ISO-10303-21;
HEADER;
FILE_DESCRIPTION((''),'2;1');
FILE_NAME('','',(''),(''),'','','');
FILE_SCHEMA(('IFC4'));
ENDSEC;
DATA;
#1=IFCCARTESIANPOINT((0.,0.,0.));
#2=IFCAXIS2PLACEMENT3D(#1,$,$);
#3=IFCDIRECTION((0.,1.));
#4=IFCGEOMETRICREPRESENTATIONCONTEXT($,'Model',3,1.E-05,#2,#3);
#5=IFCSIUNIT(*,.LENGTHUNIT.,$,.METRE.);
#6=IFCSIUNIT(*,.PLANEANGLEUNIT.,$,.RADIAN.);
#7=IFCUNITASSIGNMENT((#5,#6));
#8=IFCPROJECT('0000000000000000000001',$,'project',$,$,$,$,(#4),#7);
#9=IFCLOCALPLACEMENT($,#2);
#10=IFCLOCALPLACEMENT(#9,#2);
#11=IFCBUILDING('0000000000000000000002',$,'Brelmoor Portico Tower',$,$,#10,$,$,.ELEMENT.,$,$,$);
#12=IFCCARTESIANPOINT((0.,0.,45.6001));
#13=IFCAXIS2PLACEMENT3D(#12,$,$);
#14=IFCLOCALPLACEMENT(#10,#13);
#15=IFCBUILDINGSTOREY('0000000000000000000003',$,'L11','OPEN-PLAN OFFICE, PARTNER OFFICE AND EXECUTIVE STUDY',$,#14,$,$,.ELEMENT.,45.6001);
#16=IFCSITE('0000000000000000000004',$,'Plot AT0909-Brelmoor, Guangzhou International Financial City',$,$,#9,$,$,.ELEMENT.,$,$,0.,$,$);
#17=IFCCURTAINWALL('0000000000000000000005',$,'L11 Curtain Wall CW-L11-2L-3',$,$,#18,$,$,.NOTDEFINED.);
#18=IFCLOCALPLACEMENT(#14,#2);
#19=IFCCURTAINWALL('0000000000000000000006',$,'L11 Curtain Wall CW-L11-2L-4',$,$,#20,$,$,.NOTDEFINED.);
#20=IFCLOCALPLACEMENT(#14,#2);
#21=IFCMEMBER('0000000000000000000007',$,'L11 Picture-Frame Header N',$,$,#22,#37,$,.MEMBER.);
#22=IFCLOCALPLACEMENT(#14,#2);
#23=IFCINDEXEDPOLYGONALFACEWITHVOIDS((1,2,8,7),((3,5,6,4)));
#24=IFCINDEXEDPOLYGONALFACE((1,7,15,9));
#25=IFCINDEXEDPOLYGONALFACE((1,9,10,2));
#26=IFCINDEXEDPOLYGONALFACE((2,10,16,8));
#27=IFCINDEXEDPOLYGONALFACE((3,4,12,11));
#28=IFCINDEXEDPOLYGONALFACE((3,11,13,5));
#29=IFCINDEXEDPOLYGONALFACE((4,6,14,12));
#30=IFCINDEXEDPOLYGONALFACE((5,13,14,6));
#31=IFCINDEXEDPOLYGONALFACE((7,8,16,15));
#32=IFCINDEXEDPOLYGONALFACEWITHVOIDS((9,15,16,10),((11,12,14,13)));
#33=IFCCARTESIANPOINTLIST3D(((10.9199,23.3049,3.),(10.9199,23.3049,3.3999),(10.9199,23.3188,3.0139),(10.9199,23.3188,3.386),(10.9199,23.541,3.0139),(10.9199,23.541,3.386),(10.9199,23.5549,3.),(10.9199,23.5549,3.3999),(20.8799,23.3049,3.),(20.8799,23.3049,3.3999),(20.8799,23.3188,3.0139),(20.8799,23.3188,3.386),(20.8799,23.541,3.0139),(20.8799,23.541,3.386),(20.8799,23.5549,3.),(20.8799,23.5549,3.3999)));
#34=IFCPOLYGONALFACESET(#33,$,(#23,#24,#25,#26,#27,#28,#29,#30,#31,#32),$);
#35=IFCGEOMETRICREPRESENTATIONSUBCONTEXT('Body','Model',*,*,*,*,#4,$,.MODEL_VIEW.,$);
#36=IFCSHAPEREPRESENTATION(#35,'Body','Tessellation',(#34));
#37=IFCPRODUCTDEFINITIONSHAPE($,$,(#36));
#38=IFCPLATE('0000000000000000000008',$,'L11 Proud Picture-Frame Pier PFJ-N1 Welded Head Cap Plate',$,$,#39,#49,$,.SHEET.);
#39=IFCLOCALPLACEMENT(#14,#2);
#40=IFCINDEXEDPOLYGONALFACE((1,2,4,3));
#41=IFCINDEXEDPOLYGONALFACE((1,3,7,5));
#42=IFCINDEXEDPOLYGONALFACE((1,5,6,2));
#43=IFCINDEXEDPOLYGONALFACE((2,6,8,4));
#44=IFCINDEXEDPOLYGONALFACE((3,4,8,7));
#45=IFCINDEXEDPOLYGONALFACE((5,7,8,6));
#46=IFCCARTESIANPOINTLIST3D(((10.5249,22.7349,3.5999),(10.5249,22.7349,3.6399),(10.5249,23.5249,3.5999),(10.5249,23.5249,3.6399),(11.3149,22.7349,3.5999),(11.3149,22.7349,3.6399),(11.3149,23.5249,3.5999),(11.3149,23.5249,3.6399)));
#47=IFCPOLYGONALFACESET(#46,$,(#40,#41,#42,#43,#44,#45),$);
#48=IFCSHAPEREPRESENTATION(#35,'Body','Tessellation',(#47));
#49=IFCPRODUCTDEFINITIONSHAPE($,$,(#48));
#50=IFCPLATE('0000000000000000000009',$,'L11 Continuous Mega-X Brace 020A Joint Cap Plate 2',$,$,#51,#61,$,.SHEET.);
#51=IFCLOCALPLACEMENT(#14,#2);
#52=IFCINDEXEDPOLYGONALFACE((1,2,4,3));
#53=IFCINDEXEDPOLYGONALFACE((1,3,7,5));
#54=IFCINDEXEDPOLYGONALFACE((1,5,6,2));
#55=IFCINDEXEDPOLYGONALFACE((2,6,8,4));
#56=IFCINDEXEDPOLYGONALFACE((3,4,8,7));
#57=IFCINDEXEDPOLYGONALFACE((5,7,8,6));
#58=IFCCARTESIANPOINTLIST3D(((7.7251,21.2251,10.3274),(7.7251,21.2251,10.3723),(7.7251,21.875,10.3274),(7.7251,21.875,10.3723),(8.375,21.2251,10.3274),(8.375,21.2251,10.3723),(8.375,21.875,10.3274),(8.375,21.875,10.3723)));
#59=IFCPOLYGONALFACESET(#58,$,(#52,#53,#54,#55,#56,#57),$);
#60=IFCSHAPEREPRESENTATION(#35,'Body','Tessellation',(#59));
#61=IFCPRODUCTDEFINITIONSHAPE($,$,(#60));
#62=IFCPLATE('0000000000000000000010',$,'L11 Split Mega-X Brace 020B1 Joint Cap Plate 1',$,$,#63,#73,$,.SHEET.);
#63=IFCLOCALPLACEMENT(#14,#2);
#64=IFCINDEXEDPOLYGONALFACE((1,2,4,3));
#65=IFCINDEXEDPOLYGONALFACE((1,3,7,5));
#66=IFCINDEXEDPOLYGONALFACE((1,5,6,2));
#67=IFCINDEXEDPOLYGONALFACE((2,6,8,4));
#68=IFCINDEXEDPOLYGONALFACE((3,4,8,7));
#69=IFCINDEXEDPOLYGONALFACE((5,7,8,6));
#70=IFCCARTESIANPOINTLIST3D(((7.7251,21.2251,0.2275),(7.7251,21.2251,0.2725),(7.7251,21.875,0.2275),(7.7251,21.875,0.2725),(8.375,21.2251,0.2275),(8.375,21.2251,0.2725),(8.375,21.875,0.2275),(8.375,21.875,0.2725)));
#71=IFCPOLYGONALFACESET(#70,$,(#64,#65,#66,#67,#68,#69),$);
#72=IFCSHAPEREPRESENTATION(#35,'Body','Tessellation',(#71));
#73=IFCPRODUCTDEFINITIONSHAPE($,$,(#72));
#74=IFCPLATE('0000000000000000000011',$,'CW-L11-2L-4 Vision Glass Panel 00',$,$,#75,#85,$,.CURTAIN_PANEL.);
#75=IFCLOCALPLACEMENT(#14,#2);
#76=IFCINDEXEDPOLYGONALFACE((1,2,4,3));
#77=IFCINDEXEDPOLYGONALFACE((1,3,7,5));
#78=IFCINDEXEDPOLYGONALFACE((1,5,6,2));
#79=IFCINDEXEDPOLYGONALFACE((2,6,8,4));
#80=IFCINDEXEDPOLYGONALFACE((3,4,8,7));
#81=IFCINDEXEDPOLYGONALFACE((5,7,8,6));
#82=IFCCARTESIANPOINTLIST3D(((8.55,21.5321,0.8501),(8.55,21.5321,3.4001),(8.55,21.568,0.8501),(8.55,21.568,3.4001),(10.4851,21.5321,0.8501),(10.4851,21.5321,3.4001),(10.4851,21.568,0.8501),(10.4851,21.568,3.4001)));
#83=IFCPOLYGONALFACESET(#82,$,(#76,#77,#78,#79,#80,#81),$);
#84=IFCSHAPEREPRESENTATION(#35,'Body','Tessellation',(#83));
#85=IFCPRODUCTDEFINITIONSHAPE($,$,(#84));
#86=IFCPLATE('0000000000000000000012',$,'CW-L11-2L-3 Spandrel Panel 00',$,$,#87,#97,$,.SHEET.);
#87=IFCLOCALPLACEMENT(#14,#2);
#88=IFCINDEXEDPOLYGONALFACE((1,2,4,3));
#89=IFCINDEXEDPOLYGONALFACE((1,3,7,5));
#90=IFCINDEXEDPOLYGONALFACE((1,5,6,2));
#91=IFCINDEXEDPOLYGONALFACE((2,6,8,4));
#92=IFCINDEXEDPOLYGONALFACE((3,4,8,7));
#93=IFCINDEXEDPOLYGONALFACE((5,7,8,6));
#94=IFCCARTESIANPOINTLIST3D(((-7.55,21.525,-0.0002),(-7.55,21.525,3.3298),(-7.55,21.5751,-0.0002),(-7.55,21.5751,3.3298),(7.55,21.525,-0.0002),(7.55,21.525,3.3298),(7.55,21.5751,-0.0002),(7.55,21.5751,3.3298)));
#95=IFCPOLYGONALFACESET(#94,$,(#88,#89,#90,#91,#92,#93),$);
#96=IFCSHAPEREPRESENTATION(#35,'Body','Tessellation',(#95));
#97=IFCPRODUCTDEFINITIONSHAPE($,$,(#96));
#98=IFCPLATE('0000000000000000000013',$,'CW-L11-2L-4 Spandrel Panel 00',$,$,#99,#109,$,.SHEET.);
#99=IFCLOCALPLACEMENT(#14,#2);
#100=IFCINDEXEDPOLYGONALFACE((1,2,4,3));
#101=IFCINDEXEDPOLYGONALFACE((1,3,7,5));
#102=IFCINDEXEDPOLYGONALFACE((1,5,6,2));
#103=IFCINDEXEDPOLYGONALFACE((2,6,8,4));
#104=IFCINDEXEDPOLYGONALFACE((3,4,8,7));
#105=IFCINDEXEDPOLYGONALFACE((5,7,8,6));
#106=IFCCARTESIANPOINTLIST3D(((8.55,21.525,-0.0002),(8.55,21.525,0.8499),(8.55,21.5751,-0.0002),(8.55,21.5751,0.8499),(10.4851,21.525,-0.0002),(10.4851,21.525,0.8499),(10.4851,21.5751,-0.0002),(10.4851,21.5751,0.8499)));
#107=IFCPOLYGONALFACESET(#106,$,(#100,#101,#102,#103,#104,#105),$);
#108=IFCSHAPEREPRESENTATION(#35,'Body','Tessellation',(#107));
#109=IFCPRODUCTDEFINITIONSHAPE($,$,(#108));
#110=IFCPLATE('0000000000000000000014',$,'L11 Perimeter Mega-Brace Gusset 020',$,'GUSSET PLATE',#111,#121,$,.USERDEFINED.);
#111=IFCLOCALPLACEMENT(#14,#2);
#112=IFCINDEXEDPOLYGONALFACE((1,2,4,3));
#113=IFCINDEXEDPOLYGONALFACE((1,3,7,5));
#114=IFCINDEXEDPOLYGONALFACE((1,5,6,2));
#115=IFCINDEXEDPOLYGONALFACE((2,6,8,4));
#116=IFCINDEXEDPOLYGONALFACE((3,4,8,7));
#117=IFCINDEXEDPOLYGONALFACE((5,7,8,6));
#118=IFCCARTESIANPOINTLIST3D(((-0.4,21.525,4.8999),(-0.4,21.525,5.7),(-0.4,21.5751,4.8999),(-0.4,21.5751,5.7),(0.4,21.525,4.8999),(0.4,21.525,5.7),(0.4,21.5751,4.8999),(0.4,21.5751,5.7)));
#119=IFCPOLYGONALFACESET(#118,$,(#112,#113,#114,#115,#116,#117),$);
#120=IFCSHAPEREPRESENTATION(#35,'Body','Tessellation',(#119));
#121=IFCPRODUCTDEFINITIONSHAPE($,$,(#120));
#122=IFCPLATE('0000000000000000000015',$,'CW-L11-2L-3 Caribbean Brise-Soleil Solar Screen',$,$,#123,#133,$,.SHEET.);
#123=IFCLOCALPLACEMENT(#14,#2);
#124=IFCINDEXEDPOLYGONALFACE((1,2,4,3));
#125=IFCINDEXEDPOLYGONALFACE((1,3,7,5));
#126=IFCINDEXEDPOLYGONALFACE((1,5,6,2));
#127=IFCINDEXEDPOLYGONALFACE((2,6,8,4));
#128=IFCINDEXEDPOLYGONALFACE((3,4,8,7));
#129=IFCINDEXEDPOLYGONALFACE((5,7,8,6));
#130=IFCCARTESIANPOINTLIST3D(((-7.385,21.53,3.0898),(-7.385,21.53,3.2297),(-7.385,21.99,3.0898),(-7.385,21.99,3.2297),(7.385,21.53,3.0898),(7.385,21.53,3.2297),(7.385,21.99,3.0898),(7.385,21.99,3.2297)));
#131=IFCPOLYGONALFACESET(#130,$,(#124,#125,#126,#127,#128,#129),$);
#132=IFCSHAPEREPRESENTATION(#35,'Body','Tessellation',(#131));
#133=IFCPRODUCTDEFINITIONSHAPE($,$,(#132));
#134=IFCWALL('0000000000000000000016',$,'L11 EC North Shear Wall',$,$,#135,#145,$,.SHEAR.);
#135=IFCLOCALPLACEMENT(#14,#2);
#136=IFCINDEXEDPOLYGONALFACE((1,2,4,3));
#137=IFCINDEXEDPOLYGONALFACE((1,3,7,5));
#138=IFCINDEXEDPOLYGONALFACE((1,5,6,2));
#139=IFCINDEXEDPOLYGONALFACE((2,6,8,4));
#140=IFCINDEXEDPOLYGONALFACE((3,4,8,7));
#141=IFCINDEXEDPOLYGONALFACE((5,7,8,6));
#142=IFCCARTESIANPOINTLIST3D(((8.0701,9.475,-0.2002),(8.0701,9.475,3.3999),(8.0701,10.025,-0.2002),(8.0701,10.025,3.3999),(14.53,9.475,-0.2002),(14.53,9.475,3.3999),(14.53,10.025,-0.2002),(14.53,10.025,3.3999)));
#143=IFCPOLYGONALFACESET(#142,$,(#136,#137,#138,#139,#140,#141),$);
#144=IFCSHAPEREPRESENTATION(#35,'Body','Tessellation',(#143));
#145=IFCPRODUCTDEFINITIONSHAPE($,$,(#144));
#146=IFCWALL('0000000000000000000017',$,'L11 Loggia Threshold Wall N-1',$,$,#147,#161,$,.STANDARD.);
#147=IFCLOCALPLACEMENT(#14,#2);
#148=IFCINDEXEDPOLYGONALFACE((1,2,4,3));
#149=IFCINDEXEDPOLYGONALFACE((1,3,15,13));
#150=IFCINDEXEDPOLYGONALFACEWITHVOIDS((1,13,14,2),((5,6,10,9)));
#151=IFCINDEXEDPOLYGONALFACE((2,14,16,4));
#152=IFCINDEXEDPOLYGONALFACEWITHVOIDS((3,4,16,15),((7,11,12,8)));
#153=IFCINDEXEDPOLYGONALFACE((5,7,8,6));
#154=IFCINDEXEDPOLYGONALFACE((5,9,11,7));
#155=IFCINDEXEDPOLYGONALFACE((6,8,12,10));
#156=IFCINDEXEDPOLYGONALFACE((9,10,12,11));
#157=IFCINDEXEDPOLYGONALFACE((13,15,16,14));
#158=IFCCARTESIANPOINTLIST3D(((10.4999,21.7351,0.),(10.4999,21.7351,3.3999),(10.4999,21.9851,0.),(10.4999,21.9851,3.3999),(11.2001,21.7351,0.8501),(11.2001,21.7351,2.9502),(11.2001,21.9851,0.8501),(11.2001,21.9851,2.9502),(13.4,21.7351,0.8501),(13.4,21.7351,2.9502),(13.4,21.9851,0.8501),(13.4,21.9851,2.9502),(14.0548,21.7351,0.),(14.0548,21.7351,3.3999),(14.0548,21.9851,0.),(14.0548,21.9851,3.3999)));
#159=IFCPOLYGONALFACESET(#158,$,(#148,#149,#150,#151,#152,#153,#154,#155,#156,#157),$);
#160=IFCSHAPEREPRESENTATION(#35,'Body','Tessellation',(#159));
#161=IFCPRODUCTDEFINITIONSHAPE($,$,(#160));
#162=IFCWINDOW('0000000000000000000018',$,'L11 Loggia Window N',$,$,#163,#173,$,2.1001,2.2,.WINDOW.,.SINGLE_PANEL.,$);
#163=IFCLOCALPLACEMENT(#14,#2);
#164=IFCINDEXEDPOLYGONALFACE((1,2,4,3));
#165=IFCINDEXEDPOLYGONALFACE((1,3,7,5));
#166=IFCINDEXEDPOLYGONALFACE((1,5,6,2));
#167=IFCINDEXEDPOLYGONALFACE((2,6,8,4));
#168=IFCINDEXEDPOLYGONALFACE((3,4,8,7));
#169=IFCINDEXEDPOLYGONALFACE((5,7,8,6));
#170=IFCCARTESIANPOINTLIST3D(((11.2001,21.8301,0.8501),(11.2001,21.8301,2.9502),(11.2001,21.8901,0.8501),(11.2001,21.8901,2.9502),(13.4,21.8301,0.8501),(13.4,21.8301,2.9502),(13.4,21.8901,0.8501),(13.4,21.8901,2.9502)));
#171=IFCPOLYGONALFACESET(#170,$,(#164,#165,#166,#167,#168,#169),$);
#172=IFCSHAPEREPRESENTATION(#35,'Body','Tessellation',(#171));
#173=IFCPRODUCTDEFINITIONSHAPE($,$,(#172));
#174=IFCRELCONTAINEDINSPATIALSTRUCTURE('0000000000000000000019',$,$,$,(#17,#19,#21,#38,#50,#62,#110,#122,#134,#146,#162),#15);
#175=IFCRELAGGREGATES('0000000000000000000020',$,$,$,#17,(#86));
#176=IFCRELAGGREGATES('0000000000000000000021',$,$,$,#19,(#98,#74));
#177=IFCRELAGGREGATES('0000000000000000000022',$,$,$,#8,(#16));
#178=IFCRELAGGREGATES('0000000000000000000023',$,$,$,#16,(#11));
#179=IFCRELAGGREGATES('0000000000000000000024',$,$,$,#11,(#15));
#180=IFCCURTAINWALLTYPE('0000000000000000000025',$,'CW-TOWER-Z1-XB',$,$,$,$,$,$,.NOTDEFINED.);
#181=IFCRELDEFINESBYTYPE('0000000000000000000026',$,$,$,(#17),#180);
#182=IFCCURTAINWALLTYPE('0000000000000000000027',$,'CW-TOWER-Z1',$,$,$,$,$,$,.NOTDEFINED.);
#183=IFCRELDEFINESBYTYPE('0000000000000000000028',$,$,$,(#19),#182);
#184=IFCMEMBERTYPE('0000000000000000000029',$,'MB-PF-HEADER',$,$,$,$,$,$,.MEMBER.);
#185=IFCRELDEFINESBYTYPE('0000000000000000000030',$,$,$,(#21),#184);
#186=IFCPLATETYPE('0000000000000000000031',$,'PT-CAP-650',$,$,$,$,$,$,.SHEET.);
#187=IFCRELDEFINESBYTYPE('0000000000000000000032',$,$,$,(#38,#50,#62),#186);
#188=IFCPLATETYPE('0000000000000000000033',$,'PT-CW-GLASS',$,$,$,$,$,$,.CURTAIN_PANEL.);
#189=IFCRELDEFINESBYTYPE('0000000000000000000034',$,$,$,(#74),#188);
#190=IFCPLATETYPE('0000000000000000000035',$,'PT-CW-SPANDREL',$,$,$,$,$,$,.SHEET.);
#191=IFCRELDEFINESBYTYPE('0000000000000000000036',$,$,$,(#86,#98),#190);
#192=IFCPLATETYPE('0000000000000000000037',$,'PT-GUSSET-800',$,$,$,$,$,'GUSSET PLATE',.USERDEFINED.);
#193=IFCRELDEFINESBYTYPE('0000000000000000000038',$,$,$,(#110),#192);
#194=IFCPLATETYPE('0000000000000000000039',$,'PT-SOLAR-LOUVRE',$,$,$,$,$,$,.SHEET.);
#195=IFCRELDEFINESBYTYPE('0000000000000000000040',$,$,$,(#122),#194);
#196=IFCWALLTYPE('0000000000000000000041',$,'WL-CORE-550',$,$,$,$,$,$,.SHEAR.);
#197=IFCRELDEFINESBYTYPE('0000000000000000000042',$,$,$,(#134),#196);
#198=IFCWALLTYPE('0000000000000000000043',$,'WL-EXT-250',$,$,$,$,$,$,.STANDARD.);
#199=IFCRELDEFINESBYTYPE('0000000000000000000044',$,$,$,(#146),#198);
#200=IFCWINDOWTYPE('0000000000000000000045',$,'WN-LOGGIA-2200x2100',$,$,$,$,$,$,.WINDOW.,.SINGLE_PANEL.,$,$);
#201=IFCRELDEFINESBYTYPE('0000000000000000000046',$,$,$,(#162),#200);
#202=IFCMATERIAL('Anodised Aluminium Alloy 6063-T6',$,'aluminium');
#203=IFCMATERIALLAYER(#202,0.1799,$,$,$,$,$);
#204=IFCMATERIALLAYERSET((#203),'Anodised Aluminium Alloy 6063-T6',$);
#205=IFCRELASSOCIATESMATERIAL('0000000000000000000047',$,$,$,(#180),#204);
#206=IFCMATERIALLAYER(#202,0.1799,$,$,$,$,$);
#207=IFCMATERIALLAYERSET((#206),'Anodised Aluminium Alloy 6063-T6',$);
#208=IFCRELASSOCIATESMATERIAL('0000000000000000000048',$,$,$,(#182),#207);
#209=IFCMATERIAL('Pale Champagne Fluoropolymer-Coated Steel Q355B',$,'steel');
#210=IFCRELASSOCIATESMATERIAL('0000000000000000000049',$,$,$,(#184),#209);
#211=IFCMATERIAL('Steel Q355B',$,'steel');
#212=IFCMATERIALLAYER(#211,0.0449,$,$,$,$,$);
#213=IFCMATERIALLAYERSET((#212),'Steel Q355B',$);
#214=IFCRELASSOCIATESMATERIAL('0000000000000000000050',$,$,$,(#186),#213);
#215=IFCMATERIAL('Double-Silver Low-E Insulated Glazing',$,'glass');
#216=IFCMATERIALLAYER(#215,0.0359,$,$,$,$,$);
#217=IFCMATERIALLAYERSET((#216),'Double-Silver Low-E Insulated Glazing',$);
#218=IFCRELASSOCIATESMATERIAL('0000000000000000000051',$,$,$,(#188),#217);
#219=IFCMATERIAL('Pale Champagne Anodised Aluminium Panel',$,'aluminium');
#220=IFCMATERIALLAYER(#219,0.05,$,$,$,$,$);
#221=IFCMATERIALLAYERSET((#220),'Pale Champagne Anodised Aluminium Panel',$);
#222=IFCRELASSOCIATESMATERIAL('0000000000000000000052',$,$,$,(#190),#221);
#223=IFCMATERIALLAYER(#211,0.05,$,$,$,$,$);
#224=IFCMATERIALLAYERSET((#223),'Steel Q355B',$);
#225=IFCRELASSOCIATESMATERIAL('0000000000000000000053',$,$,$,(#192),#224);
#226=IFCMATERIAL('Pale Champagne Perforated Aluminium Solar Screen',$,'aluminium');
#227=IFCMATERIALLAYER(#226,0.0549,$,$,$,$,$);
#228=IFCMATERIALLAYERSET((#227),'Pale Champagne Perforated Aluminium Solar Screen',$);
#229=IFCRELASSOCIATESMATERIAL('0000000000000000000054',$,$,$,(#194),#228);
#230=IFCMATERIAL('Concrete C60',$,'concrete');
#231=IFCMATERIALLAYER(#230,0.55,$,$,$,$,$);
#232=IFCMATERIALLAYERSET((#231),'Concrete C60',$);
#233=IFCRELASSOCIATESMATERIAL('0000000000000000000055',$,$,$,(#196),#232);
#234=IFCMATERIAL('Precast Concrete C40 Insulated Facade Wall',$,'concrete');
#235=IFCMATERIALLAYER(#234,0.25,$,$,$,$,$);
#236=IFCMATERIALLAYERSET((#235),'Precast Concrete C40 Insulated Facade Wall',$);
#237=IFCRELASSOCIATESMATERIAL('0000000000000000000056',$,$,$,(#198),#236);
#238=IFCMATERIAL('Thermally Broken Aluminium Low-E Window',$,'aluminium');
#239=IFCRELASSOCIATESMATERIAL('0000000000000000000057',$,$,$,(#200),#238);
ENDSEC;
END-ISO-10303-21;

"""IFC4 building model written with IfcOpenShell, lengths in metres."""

from ifc_helpers import new_model, si_unit, direction, frame, frame_2d, origin, origin_2d, place, context, subcontext, project, spatial, rectangle, hollow_rectangle, extrude, material, layer, layer_set, material_profile, profile_set, type_object, element, fill, aggregate, save


model = new_model("IFC4")

# Units and contexts
model_context = context("Model", 3, precision=1e-05, world=origin(), true_north=direction((0.0, 1.0)))
body_context = subcontext(model_context, "Body", "Model", "MODEL_VIEW")
ifc_project = project(units=[si_unit("LENGTHUNIT", "METRE"), si_unit("PLANEANGLEUNIT", "RADIAN")], contexts=[model_context])

# Site, building, storey
site_placement = place(None, origin())
site = spatial("IfcSite", under=ifc_project, at=site_placement, Name="Plot AT0909-Brelmoor, Guangzhou International Financial City", CompositionType="ELEMENT", RefElevation=0.0)
building_placement = place(site_placement, origin())
building = spatial("IfcBuilding", under=site, at=building_placement, Name="Brelmoor Portico Tower", CompositionType="ELEMENT")
storey_placement = place(building_placement, frame((0.0, 0.0, 45.6001)))
storey = spatial("IfcBuildingStorey", under=building, at=storey_placement, Name="L11", Description="OPEN-PLAN OFFICE, PARTNER OFFICE AND EXECUTIVE STUDY", CompositionType="ELEMENT", Elevation=45.6001)

# Shared definitions
ifc_material_1 = material(Name="Steel Q355B", Category="steel")

# Curtain wall
ifc_material_2 = material(Name="Anodised Aluminium Alloy 6063-T6", Category="aluminium")
ifc_layer_1 = layer(ifc_material_2, 0.1799)
ifc_layer_set_1 = layer_set([ifc_layer_1], Name="Anodised Aluminium Alloy 6063-T6")
curtain_wall_type_1 = type_object("IfcCurtainWallType", Name="CW-TOWER-Z1-XB", PredefinedType="NOTDEFINED", material=ifc_layer_set_1)
curtain_wall_1_placement = place(storey_placement, origin())
curtain_wall_1 = element("IfcCurtainWall", 1, at=curtain_wall_1_placement, inside=storey, type_object=curtain_wall_type_1, Name="L11 Curtain Wall CW-L11-2L-3", PredefinedType="NOTDEFINED")

# Curtain wall
ifc_layer_2 = layer(ifc_material_2, 0.1799)
ifc_layer_set_2 = layer_set([ifc_layer_2], Name="Anodised Aluminium Alloy 6063-T6")
curtain_wall_type_2 = type_object("IfcCurtainWallType", Name="CW-TOWER-Z1", PredefinedType="NOTDEFINED", material=ifc_layer_set_2)
curtain_wall_2_placement = place(storey_placement, origin())
curtain_wall_2 = element("IfcCurtainWall", 2, at=curtain_wall_2_placement, inside=storey, type_object=curtain_wall_type_2, Name="L11 Curtain Wall CW-L11-2L-4", PredefinedType="NOTDEFINED")

# Member
ifc_material_3 = material(Name="Pale Champagne Fluoropolymer-Coated Steel Q355B", Category="steel")
ifc_material_profile_1 = material_profile(ifc_material_3, hollow_rectangle(XDim=0.25, YDim=0.3999, WallThickness=0.0139, at=origin_2d()), Name="RHS 250x400x14")
ifc_profile_set_1 = profile_set([ifc_material_profile_1], Name="Pale Champagne Fluoropolymer-Coated Steel Q355B")
member_type_1 = type_object("IfcMemberType", Name="MB-PF-HEADER", PredefinedType="MEMBER", material=ifc_profile_set_1)
member_1_placement = place(storey_placement, frame((10.9199, 23.4299, 3.2), z_axis=(1.0, 0.0, 0.0), x_axis=(0.0, 1.0, 0.0)))
element("IfcMember", 3, at=member_1_placement, inside=storey, type_object=member_type_1, Name="L11 Picture-Frame Header N", PredefinedType="MEMBER", context=body_context, shape_type="SweptSolid", body=[
    extrude(hollow_rectangle(XDim=0.25, YDim=0.3999, WallThickness=0.0139, at=origin_2d()), origin(), (0.0, 0.0, 1.0), 9.96),
])

# Plates
ifc_layer_3 = layer(ifc_material_1, 0.0449)
ifc_layer_set_3 = layer_set([ifc_layer_3], Name="Steel Q355B")
plate_type_1 = type_object("IfcPlateType", Name="PT-CAP-650", PredefinedType="SHEET", material=ifc_layer_set_3)
plate_1_placement = place(storey_placement, frame((10.9199, 23.1299, 3.5999), z_axis=(0.0, 0.0, 1.0), x_axis=(1.0, 0.0, 0.0)))
element("IfcPlate", 4, at=plate_1_placement, inside=storey, type_object=plate_type_1, Name="L11 Proud Picture-Frame Pier PFJ-N1 Welded Head Cap Plate", PredefinedType="SHEET", context=body_context, shape_type="SweptSolid", body=[
    extrude(rectangle(XDim=0.79, YDim=0.79, at=origin_2d()), origin(), (0.0, 0.0, 1.0), 0.04),
])
for number, where, z_axis, x_axis, name in (
    (5, (8.05, 21.55, 10.3274), (0.0, 0.0, 1.0), (1.0, 0.0, 0.0), "L11 Continuous Mega-X Brace 020A Joint Cap Plate 2"),
    (6, (8.05, 21.55, 0.2275), (0.0, 0.0, 1.0), (1.0, 0.0, 0.0), "L11 Split Mega-X Brace 020B1 Joint Cap Plate 1"),
):
    element("IfcPlate", number, at=place(storey_placement, frame(where, z_axis=z_axis, x_axis=x_axis)), inside=storey, type_object=plate_type_1, Name=name, PredefinedType="SHEET", context=body_context, shape_type="SweptSolid", body=[
        extrude(rectangle(XDim=0.6499, YDim=0.6499, at=origin_2d()), origin(), (0.0, 0.0, 1.0), 0.0449),
    ])

# Plates
ifc_material_4 = material(Name="Double-Silver Low-E Insulated Glazing", Category="glass")
ifc_layer_4 = layer(ifc_material_4, 0.0359)
ifc_layer_set_4 = layer_set([ifc_layer_4], Name="Double-Silver Low-E Insulated Glazing")
plate_type_2 = type_object("IfcPlateType", Name="PT-CW-GLASS", PredefinedType="CURTAIN_PANEL", material=ifc_layer_set_4)
plate_2_placement = place(storey_placement, frame((9.5176, 21.55, 0.8501), z_axis=(0.0, 0.0, 1.0), x_axis=(1.0, 0.0, 0.0)))
plate_2 = element("IfcPlate", 7, at=plate_2_placement, type_object=plate_type_2, Name="CW-L11-2L-4 Vision Glass Panel 00", PredefinedType="CURTAIN_PANEL", context=body_context, shape_type="SweptSolid", body=[
    extrude(rectangle(XDim=1.9351, YDim=0.0359, at=origin_2d()), origin(), (0.0, 0.0, 1.0), 2.55),
])
ifc_material_5 = material(Name="Pale Champagne Anodised Aluminium Panel", Category="aluminium")
ifc_layer_5 = layer(ifc_material_5, 0.05)
ifc_layer_set_5 = layer_set([ifc_layer_5], Name="Pale Champagne Anodised Aluminium Panel")
plate_type_3 = type_object("IfcPlateType", Name="PT-CW-SPANDREL", PredefinedType="SHEET", material=ifc_layer_set_5)
plate_3_placement = place(storey_placement, frame((0.0, 21.55, -0.0002), z_axis=(0.0, 0.0, 1.0), x_axis=(1.0, 0.0, 0.0)))
plate_3 = element("IfcPlate", 8, at=plate_3_placement, type_object=plate_type_3, Name="CW-L11-2L-3 Spandrel Panel 00", PredefinedType="SHEET", context=body_context, shape_type="SweptSolid", body=[
    extrude(rectangle(XDim=15.1001, YDim=0.05, at=origin_2d()), origin(), (0.0, 0.0, 1.0), 3.3301),
])
aggregate(curtain_wall_1, [plate_3])
plate_4_placement = place(storey_placement, frame((9.5176, 21.55, -0.0002), z_axis=(0.0, 0.0, 1.0), x_axis=(1.0, 0.0, 0.0)))
plate_4 = element("IfcPlate", 9, at=plate_4_placement, type_object=plate_type_3, Name="CW-L11-2L-4 Spandrel Panel 00", PredefinedType="SHEET", context=body_context, shape_type="SweptSolid", body=[
    extrude(rectangle(XDim=1.9351, YDim=0.05, at=origin_2d()), origin(), (0.0, 0.0, 1.0), 0.8501),
])
aggregate(curtain_wall_2, [plate_4, plate_2])

# Plates
ifc_layer_6 = layer(ifc_material_1, 0.05)
ifc_layer_set_6 = layer_set([ifc_layer_6], Name="Steel Q355B")
plate_type_4 = type_object("IfcPlateType", Name="PT-GUSSET-800", ElementType="GUSSET PLATE", PredefinedType="USERDEFINED", material=ifc_layer_set_6)
plate_5_placement = place(storey_placement, frame((0.0, 21.55, 4.8999), z_axis=(0.0, 0.0, 1.0), x_axis=(1.0, 0.0, 0.0)))
element("IfcPlate", 10, at=plate_5_placement, inside=storey, type_object=plate_type_4, Name="L11 Perimeter Mega-Brace Gusset 020", ObjectType="GUSSET PLATE", PredefinedType="USERDEFINED", context=body_context, shape_type="SweptSolid", body=[
    extrude(rectangle(XDim=0.8, YDim=0.05, at=origin_2d()), origin(), (0.0, 0.0, 1.0), 0.8),
])
ifc_material_6 = material(Name="Pale Champagne Perforated Aluminium Solar Screen", Category="aluminium")
ifc_layer_7 = layer(ifc_material_6, 0.0549)
ifc_layer_set_7 = layer_set([ifc_layer_7], Name="Pale Champagne Perforated Aluminium Solar Screen")
plate_type_5 = type_object("IfcPlateType", Name="PT-SOLAR-LOUVRE", PredefinedType="SHEET", material=ifc_layer_set_7)
plate_6_placement = place(storey_placement, frame((0.0, 21.76, 3.0898), z_axis=(0.0, 0.0, 1.0), x_axis=(1.0, 0.0, 0.0)))
element("IfcPlate", 11, at=plate_6_placement, inside=storey, type_object=plate_type_5, Name="CW-L11-2L-3 Caribbean Brise-Soleil Solar Screen", PredefinedType="SHEET", context=body_context, shape_type="SweptSolid", body=[
    extrude(rectangle(XDim=14.77, YDim=0.46, at=origin_2d()), origin(), (0.0, 0.0, 1.0), 0.1399),
])

# Wall
ifc_material_7 = material(Name="Concrete C60", Category="concrete")
ifc_layer_8 = layer(ifc_material_7, 0.55)
ifc_layer_set_8 = layer_set([ifc_layer_8], Name="Concrete C60")
wall_type_1 = type_object("IfcWallType", Name="WL-CORE-550", PredefinedType="SHEAR", material=ifc_layer_set_8)
wall_1_placement = place(storey_placement, frame((8.0701, 9.75, -0.2002), z_axis=(0.0, 0.0, 1.0), x_axis=(1.0, 0.0, 0.0)))
element("IfcWall", 12, at=wall_1_placement, inside=storey, type_object=wall_type_1, Name="L11 EC North Shear Wall", PredefinedType="SHEAR", context=body_context, shape_type="SweptSolid", body=[
    extrude(rectangle(XDim=6.46, YDim=0.55, at=frame_2d((3.23, 0.0))), origin(), (0.0, 0.0, 1.0), 3.6001),
])

# Wall, opening, window
ifc_material_8 = material(Name="Precast Concrete C40 Insulated Facade Wall", Category="concrete")
ifc_layer_9 = layer(ifc_material_8, 0.25)
ifc_layer_set_9 = layer_set([ifc_layer_9], Name="Precast Concrete C40 Insulated Facade Wall")
wall_type_2 = type_object("IfcWallType", Name="WL-EXT-250", PredefinedType="STANDARD", material=ifc_layer_set_9)
wall_2_placement = place(storey_placement, frame((10.5, 21.8601, 0.0), z_axis=(0.0, 0.0, 1.0), x_axis=(1.0, 0.0, 0.0)))
wall_2 = element("IfcWall", 13, at=wall_2_placement, inside=storey, type_object=wall_type_2, Name="L11 Loggia Threshold Wall N-1", PredefinedType="STANDARD", context=body_context, shape_type="SweptSolid", body=[
    extrude(rectangle(XDim=3.5549, YDim=0.25, at=frame_2d((1.7773, 0.0))), origin(), (0.0, 0.0, 1.0), 3.3999),
])
opening_1_placement = place(wall_2_placement, frame((0.7, 0.0, 0.8501)))
opening_1 = element("IfcOpeningElement", 14, at=opening_1_placement, cuts=wall_2, PredefinedType="OPENING", context=body_context, shape_type="SweptSolid", body=[
    extrude(rectangle(XDim=2.2, YDim=2.1001, at=frame_2d((1.1001, 1.05))), frame((0.0, 0.135, 0.0), z_axis=(0.0, -1.0, 0.0), x_axis=(1.0, 0.0, 0.0)), (0.0, 0.0, 1.0), 0.27),
])
ifc_material_9 = material(Name="Thermally Broken Aluminium Low-E Window", Category="aluminium")
window_type = type_object("IfcWindowType", Name="WN-LOGGIA-2200x2100", PartitioningType="SINGLE_PANEL", PredefinedType="WINDOW", material=ifc_material_9)
window_placement = place(opening_1_placement, origin())
window = element("IfcWindow", 15, at=window_placement, inside=storey, type_object=window_type, Name="L11 Loggia Window N", OverallHeight=2.1001, OverallWidth=2.2, PartitioningType="SINGLE_PANEL", PredefinedType="WINDOW", context=body_context, shape_type="SweptSolid", body=[
    extrude(rectangle(XDim=2.2, YDim=2.1001, at=frame_2d((1.1001, 1.05))), frame((0.0, 0.03, 0.0), z_axis=(0.0, -1.0, 0.0), x_axis=(1.0, 0.0, 0.0)), (0.0, 0.0, 1.0), 0.0601),
])
fill(opening_1, window)

save(model, "model.ifc")
